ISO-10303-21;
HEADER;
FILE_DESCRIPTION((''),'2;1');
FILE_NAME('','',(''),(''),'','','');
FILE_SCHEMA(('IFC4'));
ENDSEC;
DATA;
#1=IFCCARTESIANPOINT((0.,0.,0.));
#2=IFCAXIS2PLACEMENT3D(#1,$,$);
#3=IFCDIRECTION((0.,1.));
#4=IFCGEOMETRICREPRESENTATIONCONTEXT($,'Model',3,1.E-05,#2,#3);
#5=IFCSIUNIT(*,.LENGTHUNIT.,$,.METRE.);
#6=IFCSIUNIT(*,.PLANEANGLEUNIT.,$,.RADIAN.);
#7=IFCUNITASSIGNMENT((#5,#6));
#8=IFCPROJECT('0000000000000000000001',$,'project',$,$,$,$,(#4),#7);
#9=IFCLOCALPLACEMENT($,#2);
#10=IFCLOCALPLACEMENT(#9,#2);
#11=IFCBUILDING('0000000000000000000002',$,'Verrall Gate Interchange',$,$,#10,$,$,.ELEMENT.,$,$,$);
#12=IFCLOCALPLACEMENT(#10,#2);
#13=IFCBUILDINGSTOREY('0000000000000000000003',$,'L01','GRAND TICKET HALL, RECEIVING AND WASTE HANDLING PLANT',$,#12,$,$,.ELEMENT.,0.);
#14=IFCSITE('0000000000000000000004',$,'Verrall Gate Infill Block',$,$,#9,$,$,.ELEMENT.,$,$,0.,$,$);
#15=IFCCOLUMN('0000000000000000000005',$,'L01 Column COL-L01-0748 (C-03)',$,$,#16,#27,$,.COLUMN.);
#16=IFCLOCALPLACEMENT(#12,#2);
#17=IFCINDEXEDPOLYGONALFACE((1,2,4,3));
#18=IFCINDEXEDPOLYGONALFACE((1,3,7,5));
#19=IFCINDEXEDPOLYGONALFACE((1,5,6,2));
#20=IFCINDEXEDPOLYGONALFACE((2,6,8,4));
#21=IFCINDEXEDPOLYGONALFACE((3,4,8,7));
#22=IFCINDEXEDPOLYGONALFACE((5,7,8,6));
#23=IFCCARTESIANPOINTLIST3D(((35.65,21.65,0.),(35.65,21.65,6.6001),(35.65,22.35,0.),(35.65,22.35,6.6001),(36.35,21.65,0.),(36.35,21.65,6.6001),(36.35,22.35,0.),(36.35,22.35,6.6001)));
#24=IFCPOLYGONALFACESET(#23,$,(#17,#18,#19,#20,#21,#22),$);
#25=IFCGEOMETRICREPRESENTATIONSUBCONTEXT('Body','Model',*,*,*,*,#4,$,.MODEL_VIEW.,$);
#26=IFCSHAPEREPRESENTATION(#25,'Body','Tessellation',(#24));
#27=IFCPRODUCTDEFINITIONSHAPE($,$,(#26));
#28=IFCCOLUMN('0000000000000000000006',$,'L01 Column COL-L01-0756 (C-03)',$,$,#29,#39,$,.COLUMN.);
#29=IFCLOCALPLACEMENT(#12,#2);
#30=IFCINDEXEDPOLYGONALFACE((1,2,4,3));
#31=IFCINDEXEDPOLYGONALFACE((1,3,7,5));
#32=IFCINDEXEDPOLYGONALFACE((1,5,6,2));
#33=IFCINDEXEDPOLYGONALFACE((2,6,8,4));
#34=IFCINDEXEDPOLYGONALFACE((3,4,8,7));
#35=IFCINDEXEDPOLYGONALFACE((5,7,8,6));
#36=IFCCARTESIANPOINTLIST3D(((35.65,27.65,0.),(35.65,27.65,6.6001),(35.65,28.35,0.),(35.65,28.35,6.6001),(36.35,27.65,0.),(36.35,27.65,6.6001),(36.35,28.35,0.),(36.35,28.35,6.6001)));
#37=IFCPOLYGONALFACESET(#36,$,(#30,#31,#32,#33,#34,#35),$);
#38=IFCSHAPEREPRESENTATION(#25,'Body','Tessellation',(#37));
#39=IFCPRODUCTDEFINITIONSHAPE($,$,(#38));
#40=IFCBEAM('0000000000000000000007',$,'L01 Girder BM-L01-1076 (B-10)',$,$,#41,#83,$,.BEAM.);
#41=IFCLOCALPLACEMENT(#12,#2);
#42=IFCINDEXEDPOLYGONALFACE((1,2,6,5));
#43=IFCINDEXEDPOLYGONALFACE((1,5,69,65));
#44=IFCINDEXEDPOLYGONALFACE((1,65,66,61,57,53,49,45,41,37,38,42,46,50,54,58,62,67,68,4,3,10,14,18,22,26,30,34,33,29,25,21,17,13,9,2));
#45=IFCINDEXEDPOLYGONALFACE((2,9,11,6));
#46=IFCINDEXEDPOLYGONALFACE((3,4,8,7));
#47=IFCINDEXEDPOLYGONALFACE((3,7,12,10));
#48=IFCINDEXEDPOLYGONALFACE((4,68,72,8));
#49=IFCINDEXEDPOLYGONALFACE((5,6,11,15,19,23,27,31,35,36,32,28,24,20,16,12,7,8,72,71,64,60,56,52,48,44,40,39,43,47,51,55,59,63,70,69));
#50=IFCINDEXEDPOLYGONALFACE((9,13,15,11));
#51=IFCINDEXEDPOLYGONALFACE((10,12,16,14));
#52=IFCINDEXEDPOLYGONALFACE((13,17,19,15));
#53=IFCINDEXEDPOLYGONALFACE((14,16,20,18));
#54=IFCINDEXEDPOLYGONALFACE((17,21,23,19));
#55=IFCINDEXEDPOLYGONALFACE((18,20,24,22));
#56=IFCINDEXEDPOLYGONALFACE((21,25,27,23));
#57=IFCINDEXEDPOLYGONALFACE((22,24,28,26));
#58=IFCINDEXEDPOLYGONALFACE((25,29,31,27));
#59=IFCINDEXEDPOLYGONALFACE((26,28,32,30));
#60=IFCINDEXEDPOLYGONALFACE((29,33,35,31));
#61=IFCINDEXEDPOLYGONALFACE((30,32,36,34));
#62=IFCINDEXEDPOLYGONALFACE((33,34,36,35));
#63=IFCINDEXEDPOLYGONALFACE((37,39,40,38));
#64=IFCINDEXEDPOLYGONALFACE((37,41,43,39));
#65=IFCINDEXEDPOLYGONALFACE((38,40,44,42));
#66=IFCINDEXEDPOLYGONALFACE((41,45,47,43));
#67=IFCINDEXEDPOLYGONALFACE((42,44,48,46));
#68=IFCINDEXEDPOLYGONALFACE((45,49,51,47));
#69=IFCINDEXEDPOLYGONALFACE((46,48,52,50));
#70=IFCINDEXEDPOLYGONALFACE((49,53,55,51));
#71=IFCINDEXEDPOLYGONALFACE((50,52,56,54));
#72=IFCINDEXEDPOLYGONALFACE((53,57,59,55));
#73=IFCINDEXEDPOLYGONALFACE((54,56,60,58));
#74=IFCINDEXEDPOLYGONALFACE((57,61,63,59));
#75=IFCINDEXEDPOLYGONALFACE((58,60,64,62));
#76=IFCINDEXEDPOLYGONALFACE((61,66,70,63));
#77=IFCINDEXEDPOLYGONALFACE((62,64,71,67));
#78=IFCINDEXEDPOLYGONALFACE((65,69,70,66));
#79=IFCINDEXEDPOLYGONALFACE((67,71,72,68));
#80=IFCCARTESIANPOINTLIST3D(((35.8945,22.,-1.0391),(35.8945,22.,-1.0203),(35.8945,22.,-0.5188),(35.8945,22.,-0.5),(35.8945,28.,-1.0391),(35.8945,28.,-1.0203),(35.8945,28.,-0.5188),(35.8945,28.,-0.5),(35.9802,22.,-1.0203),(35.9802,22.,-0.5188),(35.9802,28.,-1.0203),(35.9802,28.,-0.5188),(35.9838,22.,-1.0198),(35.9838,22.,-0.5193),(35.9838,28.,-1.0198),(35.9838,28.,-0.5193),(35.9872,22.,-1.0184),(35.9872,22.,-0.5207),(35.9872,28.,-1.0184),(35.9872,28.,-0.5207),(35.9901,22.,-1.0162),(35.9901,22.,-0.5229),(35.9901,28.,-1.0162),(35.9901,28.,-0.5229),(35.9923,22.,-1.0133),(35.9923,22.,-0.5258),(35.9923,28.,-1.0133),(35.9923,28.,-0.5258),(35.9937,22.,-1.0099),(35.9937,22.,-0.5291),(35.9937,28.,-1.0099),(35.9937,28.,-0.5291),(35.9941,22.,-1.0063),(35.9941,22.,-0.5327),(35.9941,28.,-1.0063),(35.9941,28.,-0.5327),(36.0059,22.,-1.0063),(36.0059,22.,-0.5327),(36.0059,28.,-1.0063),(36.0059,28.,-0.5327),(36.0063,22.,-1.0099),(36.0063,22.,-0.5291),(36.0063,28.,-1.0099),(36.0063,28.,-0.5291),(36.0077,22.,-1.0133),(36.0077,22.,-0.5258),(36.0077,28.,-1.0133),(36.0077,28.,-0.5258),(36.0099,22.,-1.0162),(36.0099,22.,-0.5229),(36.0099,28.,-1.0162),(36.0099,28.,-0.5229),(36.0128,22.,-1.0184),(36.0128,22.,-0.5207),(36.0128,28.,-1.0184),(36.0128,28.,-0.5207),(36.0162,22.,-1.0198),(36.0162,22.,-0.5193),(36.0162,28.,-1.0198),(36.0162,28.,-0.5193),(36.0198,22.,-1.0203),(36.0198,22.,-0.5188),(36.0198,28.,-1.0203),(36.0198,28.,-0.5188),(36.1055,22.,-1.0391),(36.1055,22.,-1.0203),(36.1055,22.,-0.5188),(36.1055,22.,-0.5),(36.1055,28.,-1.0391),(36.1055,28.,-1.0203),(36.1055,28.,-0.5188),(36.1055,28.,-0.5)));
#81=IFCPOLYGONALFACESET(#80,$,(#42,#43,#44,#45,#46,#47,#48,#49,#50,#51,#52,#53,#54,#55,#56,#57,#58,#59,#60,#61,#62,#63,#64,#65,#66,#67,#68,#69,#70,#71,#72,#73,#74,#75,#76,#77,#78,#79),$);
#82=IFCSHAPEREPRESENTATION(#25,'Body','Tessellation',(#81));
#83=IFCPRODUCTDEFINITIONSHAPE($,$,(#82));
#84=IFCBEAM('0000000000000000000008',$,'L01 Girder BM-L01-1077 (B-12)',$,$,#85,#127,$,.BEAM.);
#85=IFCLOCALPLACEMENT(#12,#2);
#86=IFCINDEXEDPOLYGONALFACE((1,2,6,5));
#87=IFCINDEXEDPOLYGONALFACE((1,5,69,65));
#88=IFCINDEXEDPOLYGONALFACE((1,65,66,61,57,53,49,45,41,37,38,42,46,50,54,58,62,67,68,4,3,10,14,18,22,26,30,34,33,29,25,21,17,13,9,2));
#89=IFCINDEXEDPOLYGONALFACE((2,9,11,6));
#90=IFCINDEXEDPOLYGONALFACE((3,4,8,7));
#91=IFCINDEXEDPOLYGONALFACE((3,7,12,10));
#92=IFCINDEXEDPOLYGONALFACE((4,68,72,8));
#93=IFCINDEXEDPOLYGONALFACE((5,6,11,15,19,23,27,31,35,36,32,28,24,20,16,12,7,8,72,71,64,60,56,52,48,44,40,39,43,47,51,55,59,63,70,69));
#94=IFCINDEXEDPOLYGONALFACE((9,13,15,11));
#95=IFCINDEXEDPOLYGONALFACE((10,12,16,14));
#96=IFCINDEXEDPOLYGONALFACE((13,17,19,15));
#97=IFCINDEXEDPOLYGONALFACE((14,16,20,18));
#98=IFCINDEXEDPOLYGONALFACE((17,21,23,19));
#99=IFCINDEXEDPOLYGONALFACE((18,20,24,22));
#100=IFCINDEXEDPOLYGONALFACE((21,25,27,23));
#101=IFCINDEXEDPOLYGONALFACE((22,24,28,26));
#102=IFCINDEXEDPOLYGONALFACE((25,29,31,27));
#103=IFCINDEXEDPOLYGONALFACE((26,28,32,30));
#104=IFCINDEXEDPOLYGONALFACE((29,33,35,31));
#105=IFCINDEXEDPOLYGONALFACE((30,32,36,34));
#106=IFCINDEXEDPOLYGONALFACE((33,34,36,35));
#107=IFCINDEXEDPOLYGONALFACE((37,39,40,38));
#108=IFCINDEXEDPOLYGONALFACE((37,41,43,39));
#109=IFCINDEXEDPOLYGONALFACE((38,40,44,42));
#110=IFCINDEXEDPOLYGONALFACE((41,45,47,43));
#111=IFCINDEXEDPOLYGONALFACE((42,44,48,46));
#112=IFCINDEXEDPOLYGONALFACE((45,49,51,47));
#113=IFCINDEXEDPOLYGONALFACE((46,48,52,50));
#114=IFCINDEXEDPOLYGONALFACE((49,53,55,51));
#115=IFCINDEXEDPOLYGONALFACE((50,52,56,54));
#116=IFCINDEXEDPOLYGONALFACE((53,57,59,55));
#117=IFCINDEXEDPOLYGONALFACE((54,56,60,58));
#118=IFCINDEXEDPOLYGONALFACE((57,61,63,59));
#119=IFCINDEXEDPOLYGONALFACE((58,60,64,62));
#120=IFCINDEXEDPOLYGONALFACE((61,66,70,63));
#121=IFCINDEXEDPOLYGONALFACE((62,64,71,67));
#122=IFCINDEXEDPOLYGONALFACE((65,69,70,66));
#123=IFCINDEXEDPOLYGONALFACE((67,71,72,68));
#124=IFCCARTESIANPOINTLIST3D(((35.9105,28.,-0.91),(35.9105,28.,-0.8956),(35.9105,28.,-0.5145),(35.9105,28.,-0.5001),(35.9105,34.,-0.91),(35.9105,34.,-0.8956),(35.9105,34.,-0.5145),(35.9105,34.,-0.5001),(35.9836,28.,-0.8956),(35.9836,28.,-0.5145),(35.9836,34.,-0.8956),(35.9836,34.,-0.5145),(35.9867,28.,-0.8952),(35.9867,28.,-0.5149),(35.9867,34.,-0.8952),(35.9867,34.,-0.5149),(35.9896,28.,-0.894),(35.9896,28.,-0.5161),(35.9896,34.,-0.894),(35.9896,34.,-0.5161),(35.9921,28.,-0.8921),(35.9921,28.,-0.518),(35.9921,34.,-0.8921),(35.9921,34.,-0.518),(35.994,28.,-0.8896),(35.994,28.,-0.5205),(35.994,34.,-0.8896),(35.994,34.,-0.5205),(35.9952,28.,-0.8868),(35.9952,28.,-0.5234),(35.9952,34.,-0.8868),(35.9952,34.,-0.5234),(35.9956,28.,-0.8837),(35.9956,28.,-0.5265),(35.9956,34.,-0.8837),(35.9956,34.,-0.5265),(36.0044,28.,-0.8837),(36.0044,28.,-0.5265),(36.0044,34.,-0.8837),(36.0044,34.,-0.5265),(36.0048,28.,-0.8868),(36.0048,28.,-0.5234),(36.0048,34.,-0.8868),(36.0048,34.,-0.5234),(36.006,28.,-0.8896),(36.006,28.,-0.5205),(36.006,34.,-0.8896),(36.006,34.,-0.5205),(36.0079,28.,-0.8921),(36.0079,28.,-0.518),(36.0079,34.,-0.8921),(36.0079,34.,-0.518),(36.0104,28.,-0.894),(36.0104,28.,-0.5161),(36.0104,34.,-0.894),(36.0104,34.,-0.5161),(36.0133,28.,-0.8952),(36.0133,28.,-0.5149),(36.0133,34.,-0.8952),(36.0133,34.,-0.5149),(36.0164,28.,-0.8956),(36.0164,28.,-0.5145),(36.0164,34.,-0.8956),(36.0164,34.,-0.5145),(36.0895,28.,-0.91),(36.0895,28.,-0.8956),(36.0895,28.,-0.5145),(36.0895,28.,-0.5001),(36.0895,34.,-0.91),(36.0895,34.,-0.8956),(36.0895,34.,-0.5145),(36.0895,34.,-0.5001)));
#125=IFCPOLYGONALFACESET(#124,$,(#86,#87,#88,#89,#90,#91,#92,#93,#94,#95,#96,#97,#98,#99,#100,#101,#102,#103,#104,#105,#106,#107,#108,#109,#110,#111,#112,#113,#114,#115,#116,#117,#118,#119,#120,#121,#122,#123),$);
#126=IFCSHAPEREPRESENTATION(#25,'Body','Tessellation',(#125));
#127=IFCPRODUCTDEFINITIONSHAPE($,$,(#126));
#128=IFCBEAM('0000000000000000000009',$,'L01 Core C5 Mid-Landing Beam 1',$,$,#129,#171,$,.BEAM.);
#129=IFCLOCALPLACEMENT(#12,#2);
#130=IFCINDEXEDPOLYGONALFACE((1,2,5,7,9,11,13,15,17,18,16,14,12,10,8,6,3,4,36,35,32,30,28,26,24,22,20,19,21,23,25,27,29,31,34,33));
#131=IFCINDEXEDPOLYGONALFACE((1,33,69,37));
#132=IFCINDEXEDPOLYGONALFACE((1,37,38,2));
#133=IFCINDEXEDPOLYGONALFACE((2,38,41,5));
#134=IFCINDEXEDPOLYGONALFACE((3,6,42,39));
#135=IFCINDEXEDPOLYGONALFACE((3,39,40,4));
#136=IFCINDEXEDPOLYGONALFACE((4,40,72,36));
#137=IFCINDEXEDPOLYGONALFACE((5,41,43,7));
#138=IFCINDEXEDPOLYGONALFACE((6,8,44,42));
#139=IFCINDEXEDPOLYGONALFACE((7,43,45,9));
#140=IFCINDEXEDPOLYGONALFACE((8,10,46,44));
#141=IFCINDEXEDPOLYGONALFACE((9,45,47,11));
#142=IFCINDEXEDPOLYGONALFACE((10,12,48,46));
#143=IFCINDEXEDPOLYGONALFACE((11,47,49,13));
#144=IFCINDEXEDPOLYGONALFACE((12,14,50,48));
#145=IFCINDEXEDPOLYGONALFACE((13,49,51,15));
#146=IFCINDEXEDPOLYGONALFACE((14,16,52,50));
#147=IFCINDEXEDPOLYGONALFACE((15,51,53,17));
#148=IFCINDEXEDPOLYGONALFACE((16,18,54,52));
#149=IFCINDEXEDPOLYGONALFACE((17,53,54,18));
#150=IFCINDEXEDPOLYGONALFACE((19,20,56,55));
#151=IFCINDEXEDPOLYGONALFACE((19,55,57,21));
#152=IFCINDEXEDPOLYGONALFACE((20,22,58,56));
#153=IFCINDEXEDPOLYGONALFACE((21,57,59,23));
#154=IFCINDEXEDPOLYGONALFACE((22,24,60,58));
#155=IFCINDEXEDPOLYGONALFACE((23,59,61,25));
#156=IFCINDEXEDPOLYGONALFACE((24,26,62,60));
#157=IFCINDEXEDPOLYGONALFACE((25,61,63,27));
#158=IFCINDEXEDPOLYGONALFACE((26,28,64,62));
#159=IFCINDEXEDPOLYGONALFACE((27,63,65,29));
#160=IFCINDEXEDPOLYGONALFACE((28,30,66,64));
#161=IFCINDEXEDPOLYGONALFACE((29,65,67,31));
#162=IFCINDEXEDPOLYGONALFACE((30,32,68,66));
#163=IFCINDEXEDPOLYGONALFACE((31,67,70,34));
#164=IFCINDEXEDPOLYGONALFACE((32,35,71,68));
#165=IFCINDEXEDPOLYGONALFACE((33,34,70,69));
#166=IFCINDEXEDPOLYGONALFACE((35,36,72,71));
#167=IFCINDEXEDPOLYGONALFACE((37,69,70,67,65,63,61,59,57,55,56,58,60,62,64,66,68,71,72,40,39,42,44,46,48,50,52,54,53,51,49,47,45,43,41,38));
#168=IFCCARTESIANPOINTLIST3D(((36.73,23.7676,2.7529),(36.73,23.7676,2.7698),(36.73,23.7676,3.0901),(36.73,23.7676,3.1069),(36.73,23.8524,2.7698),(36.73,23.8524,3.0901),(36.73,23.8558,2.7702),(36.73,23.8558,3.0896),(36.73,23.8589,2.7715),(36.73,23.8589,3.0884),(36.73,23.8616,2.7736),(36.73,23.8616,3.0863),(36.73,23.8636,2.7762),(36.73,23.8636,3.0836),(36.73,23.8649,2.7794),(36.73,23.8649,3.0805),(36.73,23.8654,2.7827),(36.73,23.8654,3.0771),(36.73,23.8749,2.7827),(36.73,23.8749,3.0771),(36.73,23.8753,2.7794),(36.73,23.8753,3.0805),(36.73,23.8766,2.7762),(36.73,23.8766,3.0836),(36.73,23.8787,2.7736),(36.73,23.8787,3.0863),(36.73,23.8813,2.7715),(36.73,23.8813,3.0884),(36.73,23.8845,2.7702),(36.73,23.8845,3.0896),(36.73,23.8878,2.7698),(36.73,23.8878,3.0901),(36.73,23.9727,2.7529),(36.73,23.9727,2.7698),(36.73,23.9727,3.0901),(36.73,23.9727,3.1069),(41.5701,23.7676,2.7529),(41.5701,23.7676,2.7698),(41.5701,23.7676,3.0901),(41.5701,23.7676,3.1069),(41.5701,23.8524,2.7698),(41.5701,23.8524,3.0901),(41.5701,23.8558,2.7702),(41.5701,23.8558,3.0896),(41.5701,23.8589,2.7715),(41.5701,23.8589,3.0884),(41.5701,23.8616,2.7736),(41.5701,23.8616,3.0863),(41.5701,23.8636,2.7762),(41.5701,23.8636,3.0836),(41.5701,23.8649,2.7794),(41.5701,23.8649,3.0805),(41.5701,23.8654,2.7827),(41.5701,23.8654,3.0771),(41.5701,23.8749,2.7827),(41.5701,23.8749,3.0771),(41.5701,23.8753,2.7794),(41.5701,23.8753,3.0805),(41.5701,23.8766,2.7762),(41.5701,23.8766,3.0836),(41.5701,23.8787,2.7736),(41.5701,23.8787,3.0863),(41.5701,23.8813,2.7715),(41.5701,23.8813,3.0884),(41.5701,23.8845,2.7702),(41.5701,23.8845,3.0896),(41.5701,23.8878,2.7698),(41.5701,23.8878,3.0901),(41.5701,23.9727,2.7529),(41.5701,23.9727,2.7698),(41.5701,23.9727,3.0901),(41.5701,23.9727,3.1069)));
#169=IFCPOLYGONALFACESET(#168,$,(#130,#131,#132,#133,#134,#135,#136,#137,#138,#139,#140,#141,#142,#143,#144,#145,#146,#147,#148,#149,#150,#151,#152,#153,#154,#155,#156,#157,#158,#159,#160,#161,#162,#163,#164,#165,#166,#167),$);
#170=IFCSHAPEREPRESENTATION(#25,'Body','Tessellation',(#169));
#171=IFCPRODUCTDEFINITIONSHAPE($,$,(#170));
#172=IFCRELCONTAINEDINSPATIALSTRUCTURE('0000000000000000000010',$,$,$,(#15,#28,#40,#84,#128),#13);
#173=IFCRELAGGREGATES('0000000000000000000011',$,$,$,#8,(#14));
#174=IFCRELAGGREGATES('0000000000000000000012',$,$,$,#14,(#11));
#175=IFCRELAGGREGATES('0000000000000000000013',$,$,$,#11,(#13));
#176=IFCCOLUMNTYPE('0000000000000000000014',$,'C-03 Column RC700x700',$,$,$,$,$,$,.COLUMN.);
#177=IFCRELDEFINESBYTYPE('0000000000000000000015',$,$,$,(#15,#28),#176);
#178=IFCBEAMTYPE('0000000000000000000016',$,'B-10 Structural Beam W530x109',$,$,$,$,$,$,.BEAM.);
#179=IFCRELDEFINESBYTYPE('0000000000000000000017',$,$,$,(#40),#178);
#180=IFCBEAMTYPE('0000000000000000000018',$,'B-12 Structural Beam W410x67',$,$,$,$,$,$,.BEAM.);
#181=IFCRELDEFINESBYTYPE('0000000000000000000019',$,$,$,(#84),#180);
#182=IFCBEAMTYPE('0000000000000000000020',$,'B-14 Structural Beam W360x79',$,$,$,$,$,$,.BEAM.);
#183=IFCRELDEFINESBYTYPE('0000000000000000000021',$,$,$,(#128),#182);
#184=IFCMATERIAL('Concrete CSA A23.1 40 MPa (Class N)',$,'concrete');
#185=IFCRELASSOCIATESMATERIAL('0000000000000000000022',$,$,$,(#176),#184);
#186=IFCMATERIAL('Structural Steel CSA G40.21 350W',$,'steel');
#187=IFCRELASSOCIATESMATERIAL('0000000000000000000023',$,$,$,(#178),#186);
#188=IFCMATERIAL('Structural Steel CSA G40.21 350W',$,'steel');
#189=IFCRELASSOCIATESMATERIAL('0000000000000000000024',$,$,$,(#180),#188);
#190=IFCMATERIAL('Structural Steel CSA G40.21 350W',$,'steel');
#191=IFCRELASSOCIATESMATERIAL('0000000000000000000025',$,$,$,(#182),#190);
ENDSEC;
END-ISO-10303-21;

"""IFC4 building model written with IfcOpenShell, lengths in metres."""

from ifc_helpers import new_model, si_unit, direction, frame, origin, origin_2d, place, context, subcontext, project, spatial, rectangle, i_section, extrude, material, material_profile, profile_set, type_object, element, save


model = new_model("IFC4")

# Units and contexts
model_context = context("Model", 3, precision=1e-05, world=origin(), true_north=direction((0.0, 1.0)))
body_context = subcontext(model_context, "Body", "Model", "MODEL_VIEW")
ifc_project = project(units=[si_unit("LENGTHUNIT", "METRE"), si_unit("PLANEANGLEUNIT", "RADIAN")], contexts=[model_context])

# Site, building, storey
site_placement = place(None, origin())
site = spatial("IfcSite", under=ifc_project, at=site_placement, Name="Verrall Gate Infill Block", CompositionType="ELEMENT", RefElevation=0.0)
building_placement = place(site_placement, origin())
building = spatial("IfcBuilding", under=site, at=building_placement, Name="Verrall Gate Interchange", CompositionType="ELEMENT")
storey_placement = place(building_placement, origin())
storey = spatial("IfcBuildingStorey", under=building, at=storey_placement, Name="L01", Description="GRAND TICKET HALL, RECEIVING AND WASTE HANDLING PLANT", CompositionType="ELEMENT", Elevation=0.0)

# Columns
ifc_material_1 = material(Name="Concrete CSA A23.1 40 MPa (Class N)", Category="concrete")
ifc_material_profile_1 = material_profile(ifc_material_1, rectangle(XDim=0.7, YDim=0.7, at=origin_2d()), Name="RC700x700")
ifc_profile_set_1 = profile_set([ifc_material_profile_1], Name="Concrete CSA A23.1 40 MPa (Class N)")
column_type = type_object("IfcColumnType", Name="C-03 Column RC700x700", PredefinedType="COLUMN", material=ifc_profile_set_1)
for number, where, z_axis, x_axis, name in (
    (1, (36.0, 22.0, 0.0), (0.0, 0.0, 1.0), (1.0, 0.0, 0.0), "L01 Column COL-L01-0748 (C-03)"),
    (2, (36.0, 28.0, 0.0), (0.0, 0.0, 1.0), (1.0, 0.0, 0.0), "L01 Column COL-L01-0756 (C-03)"),
):
    element("IfcColumn", number, at=place(storey_placement, frame(where, z_axis=z_axis, x_axis=x_axis)), inside=storey, type_object=column_type, Name=name, PredefinedType="COLUMN", context=body_context, shape_type="SweptSolid", body=[
        extrude(rectangle(XDim=0.7, YDim=0.7, at=origin_2d()), origin(), (0.0, 0.0, 1.0), 6.6001),
    ])

# Beams
ifc_material_2 = material(Name="Structural Steel CSA G40.21 350W", Category="steel")
ifc_material_profile_2 = material_profile(ifc_material_2, i_section(OverallWidth=0.2109, OverallDepth=0.5391, WebThickness=0.0117, FlangeThickness=0.0188, FilletRadius=0.0139, at=origin_2d()), Name="W530x109")
ifc_profile_set_2 = profile_set([ifc_material_profile_2], Name="Structural Steel CSA G40.21 350W")
beam_type_1 = type_object("IfcBeamType", Name="B-10 Structural Beam W530x109", PredefinedType="BEAM", material=ifc_profile_set_2)
beam_1_placement = place(storey_placement, frame((36.0, 22.0, -0.7695), z_axis=(0.0, 1.0, 0.0), x_axis=(-1.0, 0.0, 0.0)))
element("IfcBeam", 3, at=beam_1_placement, inside=storey, type_object=beam_type_1, Name="L01 Girder BM-L01-1076 (B-10)", PredefinedType="BEAM", context=body_context, shape_type="SweptSolid", body=[
    extrude(i_section(OverallWidth=0.2109, OverallDepth=0.5391, WebThickness=0.0117, FlangeThickness=0.0188, FilletRadius=0.0139, at=origin_2d()), origin(), (0.0, 0.0, 1.0), 6.0),
])
ifc_material_3 = material(Name="Structural Steel CSA G40.21 350W", Category="steel")
ifc_material_profile_3 = material_profile(ifc_material_3, i_section(OverallWidth=0.179, OverallDepth=0.4099, WebThickness=0.0088, FlangeThickness=0.0144, FilletRadius=0.012, at=origin_2d()), Name="W410x67")
ifc_profile_set_3 = profile_set([ifc_material_profile_3], Name="Structural Steel CSA G40.21 350W")
beam_type_2 = type_object("IfcBeamType", Name="B-12 Structural Beam W410x67", PredefinedType="BEAM", material=ifc_profile_set_3)
beam_2_placement = place(storey_placement, frame((36.0, 28.0, -0.7051), z_axis=(0.0, 1.0, 0.0), x_axis=(-1.0, 0.0, 0.0)))
element("IfcBeam", 4, at=beam_2_placement, inside=storey, type_object=beam_type_2, Name="L01 Girder BM-L01-1077 (B-12)", PredefinedType="BEAM", context=body_context, shape_type="SweptSolid", body=[
    extrude(i_section(OverallWidth=0.179, OverallDepth=0.4099, WebThickness=0.0088, FlangeThickness=0.0144, FilletRadius=0.012, at=origin_2d()), origin(), (0.0, 0.0, 1.0), 6.0),
])
ifc_material_4 = material(Name="Structural Steel CSA G40.21 350W", Category="steel")
ifc_material_profile_4 = material_profile(ifc_material_4, i_section(OverallWidth=0.2051, OverallDepth=0.354, WebThickness=0.0095, FlangeThickness=0.0168, FilletRadius=0.0129, at=origin_2d()), Name="W360x79")
ifc_profile_set_4 = profile_set([ifc_material_profile_4], Name="Structural Steel CSA G40.21 350W")
beam_type_3 = type_object("IfcBeamType", Name="B-14 Structural Beam W360x79", PredefinedType="BEAM", material=ifc_profile_set_4)
for number, where, z_axis, x_axis, name in (
    (5, (36.73, 23.8701, 2.9299), (1.0, 0.0, 0.0), (0.0, 1.0, 0.0), "L01 Core C5 Mid-Landing Beam 1"),
):
    element("IfcBeam", number, at=place(storey_placement, frame(where, z_axis=z_axis, x_axis=x_axis)), inside=storey, type_object=beam_type_3, Name=name, PredefinedType="BEAM", context=body_context, shape_type="SweptSolid", body=[
        extrude(i_section(OverallWidth=0.2051, OverallDepth=0.354, WebThickness=0.0095, FlangeThickness=0.0168, FilletRadius=0.0129, at=origin_2d()), origin(), (0.0, 0.0, 1.0), 4.8401),
    ])

save(model, "model.ifc")
